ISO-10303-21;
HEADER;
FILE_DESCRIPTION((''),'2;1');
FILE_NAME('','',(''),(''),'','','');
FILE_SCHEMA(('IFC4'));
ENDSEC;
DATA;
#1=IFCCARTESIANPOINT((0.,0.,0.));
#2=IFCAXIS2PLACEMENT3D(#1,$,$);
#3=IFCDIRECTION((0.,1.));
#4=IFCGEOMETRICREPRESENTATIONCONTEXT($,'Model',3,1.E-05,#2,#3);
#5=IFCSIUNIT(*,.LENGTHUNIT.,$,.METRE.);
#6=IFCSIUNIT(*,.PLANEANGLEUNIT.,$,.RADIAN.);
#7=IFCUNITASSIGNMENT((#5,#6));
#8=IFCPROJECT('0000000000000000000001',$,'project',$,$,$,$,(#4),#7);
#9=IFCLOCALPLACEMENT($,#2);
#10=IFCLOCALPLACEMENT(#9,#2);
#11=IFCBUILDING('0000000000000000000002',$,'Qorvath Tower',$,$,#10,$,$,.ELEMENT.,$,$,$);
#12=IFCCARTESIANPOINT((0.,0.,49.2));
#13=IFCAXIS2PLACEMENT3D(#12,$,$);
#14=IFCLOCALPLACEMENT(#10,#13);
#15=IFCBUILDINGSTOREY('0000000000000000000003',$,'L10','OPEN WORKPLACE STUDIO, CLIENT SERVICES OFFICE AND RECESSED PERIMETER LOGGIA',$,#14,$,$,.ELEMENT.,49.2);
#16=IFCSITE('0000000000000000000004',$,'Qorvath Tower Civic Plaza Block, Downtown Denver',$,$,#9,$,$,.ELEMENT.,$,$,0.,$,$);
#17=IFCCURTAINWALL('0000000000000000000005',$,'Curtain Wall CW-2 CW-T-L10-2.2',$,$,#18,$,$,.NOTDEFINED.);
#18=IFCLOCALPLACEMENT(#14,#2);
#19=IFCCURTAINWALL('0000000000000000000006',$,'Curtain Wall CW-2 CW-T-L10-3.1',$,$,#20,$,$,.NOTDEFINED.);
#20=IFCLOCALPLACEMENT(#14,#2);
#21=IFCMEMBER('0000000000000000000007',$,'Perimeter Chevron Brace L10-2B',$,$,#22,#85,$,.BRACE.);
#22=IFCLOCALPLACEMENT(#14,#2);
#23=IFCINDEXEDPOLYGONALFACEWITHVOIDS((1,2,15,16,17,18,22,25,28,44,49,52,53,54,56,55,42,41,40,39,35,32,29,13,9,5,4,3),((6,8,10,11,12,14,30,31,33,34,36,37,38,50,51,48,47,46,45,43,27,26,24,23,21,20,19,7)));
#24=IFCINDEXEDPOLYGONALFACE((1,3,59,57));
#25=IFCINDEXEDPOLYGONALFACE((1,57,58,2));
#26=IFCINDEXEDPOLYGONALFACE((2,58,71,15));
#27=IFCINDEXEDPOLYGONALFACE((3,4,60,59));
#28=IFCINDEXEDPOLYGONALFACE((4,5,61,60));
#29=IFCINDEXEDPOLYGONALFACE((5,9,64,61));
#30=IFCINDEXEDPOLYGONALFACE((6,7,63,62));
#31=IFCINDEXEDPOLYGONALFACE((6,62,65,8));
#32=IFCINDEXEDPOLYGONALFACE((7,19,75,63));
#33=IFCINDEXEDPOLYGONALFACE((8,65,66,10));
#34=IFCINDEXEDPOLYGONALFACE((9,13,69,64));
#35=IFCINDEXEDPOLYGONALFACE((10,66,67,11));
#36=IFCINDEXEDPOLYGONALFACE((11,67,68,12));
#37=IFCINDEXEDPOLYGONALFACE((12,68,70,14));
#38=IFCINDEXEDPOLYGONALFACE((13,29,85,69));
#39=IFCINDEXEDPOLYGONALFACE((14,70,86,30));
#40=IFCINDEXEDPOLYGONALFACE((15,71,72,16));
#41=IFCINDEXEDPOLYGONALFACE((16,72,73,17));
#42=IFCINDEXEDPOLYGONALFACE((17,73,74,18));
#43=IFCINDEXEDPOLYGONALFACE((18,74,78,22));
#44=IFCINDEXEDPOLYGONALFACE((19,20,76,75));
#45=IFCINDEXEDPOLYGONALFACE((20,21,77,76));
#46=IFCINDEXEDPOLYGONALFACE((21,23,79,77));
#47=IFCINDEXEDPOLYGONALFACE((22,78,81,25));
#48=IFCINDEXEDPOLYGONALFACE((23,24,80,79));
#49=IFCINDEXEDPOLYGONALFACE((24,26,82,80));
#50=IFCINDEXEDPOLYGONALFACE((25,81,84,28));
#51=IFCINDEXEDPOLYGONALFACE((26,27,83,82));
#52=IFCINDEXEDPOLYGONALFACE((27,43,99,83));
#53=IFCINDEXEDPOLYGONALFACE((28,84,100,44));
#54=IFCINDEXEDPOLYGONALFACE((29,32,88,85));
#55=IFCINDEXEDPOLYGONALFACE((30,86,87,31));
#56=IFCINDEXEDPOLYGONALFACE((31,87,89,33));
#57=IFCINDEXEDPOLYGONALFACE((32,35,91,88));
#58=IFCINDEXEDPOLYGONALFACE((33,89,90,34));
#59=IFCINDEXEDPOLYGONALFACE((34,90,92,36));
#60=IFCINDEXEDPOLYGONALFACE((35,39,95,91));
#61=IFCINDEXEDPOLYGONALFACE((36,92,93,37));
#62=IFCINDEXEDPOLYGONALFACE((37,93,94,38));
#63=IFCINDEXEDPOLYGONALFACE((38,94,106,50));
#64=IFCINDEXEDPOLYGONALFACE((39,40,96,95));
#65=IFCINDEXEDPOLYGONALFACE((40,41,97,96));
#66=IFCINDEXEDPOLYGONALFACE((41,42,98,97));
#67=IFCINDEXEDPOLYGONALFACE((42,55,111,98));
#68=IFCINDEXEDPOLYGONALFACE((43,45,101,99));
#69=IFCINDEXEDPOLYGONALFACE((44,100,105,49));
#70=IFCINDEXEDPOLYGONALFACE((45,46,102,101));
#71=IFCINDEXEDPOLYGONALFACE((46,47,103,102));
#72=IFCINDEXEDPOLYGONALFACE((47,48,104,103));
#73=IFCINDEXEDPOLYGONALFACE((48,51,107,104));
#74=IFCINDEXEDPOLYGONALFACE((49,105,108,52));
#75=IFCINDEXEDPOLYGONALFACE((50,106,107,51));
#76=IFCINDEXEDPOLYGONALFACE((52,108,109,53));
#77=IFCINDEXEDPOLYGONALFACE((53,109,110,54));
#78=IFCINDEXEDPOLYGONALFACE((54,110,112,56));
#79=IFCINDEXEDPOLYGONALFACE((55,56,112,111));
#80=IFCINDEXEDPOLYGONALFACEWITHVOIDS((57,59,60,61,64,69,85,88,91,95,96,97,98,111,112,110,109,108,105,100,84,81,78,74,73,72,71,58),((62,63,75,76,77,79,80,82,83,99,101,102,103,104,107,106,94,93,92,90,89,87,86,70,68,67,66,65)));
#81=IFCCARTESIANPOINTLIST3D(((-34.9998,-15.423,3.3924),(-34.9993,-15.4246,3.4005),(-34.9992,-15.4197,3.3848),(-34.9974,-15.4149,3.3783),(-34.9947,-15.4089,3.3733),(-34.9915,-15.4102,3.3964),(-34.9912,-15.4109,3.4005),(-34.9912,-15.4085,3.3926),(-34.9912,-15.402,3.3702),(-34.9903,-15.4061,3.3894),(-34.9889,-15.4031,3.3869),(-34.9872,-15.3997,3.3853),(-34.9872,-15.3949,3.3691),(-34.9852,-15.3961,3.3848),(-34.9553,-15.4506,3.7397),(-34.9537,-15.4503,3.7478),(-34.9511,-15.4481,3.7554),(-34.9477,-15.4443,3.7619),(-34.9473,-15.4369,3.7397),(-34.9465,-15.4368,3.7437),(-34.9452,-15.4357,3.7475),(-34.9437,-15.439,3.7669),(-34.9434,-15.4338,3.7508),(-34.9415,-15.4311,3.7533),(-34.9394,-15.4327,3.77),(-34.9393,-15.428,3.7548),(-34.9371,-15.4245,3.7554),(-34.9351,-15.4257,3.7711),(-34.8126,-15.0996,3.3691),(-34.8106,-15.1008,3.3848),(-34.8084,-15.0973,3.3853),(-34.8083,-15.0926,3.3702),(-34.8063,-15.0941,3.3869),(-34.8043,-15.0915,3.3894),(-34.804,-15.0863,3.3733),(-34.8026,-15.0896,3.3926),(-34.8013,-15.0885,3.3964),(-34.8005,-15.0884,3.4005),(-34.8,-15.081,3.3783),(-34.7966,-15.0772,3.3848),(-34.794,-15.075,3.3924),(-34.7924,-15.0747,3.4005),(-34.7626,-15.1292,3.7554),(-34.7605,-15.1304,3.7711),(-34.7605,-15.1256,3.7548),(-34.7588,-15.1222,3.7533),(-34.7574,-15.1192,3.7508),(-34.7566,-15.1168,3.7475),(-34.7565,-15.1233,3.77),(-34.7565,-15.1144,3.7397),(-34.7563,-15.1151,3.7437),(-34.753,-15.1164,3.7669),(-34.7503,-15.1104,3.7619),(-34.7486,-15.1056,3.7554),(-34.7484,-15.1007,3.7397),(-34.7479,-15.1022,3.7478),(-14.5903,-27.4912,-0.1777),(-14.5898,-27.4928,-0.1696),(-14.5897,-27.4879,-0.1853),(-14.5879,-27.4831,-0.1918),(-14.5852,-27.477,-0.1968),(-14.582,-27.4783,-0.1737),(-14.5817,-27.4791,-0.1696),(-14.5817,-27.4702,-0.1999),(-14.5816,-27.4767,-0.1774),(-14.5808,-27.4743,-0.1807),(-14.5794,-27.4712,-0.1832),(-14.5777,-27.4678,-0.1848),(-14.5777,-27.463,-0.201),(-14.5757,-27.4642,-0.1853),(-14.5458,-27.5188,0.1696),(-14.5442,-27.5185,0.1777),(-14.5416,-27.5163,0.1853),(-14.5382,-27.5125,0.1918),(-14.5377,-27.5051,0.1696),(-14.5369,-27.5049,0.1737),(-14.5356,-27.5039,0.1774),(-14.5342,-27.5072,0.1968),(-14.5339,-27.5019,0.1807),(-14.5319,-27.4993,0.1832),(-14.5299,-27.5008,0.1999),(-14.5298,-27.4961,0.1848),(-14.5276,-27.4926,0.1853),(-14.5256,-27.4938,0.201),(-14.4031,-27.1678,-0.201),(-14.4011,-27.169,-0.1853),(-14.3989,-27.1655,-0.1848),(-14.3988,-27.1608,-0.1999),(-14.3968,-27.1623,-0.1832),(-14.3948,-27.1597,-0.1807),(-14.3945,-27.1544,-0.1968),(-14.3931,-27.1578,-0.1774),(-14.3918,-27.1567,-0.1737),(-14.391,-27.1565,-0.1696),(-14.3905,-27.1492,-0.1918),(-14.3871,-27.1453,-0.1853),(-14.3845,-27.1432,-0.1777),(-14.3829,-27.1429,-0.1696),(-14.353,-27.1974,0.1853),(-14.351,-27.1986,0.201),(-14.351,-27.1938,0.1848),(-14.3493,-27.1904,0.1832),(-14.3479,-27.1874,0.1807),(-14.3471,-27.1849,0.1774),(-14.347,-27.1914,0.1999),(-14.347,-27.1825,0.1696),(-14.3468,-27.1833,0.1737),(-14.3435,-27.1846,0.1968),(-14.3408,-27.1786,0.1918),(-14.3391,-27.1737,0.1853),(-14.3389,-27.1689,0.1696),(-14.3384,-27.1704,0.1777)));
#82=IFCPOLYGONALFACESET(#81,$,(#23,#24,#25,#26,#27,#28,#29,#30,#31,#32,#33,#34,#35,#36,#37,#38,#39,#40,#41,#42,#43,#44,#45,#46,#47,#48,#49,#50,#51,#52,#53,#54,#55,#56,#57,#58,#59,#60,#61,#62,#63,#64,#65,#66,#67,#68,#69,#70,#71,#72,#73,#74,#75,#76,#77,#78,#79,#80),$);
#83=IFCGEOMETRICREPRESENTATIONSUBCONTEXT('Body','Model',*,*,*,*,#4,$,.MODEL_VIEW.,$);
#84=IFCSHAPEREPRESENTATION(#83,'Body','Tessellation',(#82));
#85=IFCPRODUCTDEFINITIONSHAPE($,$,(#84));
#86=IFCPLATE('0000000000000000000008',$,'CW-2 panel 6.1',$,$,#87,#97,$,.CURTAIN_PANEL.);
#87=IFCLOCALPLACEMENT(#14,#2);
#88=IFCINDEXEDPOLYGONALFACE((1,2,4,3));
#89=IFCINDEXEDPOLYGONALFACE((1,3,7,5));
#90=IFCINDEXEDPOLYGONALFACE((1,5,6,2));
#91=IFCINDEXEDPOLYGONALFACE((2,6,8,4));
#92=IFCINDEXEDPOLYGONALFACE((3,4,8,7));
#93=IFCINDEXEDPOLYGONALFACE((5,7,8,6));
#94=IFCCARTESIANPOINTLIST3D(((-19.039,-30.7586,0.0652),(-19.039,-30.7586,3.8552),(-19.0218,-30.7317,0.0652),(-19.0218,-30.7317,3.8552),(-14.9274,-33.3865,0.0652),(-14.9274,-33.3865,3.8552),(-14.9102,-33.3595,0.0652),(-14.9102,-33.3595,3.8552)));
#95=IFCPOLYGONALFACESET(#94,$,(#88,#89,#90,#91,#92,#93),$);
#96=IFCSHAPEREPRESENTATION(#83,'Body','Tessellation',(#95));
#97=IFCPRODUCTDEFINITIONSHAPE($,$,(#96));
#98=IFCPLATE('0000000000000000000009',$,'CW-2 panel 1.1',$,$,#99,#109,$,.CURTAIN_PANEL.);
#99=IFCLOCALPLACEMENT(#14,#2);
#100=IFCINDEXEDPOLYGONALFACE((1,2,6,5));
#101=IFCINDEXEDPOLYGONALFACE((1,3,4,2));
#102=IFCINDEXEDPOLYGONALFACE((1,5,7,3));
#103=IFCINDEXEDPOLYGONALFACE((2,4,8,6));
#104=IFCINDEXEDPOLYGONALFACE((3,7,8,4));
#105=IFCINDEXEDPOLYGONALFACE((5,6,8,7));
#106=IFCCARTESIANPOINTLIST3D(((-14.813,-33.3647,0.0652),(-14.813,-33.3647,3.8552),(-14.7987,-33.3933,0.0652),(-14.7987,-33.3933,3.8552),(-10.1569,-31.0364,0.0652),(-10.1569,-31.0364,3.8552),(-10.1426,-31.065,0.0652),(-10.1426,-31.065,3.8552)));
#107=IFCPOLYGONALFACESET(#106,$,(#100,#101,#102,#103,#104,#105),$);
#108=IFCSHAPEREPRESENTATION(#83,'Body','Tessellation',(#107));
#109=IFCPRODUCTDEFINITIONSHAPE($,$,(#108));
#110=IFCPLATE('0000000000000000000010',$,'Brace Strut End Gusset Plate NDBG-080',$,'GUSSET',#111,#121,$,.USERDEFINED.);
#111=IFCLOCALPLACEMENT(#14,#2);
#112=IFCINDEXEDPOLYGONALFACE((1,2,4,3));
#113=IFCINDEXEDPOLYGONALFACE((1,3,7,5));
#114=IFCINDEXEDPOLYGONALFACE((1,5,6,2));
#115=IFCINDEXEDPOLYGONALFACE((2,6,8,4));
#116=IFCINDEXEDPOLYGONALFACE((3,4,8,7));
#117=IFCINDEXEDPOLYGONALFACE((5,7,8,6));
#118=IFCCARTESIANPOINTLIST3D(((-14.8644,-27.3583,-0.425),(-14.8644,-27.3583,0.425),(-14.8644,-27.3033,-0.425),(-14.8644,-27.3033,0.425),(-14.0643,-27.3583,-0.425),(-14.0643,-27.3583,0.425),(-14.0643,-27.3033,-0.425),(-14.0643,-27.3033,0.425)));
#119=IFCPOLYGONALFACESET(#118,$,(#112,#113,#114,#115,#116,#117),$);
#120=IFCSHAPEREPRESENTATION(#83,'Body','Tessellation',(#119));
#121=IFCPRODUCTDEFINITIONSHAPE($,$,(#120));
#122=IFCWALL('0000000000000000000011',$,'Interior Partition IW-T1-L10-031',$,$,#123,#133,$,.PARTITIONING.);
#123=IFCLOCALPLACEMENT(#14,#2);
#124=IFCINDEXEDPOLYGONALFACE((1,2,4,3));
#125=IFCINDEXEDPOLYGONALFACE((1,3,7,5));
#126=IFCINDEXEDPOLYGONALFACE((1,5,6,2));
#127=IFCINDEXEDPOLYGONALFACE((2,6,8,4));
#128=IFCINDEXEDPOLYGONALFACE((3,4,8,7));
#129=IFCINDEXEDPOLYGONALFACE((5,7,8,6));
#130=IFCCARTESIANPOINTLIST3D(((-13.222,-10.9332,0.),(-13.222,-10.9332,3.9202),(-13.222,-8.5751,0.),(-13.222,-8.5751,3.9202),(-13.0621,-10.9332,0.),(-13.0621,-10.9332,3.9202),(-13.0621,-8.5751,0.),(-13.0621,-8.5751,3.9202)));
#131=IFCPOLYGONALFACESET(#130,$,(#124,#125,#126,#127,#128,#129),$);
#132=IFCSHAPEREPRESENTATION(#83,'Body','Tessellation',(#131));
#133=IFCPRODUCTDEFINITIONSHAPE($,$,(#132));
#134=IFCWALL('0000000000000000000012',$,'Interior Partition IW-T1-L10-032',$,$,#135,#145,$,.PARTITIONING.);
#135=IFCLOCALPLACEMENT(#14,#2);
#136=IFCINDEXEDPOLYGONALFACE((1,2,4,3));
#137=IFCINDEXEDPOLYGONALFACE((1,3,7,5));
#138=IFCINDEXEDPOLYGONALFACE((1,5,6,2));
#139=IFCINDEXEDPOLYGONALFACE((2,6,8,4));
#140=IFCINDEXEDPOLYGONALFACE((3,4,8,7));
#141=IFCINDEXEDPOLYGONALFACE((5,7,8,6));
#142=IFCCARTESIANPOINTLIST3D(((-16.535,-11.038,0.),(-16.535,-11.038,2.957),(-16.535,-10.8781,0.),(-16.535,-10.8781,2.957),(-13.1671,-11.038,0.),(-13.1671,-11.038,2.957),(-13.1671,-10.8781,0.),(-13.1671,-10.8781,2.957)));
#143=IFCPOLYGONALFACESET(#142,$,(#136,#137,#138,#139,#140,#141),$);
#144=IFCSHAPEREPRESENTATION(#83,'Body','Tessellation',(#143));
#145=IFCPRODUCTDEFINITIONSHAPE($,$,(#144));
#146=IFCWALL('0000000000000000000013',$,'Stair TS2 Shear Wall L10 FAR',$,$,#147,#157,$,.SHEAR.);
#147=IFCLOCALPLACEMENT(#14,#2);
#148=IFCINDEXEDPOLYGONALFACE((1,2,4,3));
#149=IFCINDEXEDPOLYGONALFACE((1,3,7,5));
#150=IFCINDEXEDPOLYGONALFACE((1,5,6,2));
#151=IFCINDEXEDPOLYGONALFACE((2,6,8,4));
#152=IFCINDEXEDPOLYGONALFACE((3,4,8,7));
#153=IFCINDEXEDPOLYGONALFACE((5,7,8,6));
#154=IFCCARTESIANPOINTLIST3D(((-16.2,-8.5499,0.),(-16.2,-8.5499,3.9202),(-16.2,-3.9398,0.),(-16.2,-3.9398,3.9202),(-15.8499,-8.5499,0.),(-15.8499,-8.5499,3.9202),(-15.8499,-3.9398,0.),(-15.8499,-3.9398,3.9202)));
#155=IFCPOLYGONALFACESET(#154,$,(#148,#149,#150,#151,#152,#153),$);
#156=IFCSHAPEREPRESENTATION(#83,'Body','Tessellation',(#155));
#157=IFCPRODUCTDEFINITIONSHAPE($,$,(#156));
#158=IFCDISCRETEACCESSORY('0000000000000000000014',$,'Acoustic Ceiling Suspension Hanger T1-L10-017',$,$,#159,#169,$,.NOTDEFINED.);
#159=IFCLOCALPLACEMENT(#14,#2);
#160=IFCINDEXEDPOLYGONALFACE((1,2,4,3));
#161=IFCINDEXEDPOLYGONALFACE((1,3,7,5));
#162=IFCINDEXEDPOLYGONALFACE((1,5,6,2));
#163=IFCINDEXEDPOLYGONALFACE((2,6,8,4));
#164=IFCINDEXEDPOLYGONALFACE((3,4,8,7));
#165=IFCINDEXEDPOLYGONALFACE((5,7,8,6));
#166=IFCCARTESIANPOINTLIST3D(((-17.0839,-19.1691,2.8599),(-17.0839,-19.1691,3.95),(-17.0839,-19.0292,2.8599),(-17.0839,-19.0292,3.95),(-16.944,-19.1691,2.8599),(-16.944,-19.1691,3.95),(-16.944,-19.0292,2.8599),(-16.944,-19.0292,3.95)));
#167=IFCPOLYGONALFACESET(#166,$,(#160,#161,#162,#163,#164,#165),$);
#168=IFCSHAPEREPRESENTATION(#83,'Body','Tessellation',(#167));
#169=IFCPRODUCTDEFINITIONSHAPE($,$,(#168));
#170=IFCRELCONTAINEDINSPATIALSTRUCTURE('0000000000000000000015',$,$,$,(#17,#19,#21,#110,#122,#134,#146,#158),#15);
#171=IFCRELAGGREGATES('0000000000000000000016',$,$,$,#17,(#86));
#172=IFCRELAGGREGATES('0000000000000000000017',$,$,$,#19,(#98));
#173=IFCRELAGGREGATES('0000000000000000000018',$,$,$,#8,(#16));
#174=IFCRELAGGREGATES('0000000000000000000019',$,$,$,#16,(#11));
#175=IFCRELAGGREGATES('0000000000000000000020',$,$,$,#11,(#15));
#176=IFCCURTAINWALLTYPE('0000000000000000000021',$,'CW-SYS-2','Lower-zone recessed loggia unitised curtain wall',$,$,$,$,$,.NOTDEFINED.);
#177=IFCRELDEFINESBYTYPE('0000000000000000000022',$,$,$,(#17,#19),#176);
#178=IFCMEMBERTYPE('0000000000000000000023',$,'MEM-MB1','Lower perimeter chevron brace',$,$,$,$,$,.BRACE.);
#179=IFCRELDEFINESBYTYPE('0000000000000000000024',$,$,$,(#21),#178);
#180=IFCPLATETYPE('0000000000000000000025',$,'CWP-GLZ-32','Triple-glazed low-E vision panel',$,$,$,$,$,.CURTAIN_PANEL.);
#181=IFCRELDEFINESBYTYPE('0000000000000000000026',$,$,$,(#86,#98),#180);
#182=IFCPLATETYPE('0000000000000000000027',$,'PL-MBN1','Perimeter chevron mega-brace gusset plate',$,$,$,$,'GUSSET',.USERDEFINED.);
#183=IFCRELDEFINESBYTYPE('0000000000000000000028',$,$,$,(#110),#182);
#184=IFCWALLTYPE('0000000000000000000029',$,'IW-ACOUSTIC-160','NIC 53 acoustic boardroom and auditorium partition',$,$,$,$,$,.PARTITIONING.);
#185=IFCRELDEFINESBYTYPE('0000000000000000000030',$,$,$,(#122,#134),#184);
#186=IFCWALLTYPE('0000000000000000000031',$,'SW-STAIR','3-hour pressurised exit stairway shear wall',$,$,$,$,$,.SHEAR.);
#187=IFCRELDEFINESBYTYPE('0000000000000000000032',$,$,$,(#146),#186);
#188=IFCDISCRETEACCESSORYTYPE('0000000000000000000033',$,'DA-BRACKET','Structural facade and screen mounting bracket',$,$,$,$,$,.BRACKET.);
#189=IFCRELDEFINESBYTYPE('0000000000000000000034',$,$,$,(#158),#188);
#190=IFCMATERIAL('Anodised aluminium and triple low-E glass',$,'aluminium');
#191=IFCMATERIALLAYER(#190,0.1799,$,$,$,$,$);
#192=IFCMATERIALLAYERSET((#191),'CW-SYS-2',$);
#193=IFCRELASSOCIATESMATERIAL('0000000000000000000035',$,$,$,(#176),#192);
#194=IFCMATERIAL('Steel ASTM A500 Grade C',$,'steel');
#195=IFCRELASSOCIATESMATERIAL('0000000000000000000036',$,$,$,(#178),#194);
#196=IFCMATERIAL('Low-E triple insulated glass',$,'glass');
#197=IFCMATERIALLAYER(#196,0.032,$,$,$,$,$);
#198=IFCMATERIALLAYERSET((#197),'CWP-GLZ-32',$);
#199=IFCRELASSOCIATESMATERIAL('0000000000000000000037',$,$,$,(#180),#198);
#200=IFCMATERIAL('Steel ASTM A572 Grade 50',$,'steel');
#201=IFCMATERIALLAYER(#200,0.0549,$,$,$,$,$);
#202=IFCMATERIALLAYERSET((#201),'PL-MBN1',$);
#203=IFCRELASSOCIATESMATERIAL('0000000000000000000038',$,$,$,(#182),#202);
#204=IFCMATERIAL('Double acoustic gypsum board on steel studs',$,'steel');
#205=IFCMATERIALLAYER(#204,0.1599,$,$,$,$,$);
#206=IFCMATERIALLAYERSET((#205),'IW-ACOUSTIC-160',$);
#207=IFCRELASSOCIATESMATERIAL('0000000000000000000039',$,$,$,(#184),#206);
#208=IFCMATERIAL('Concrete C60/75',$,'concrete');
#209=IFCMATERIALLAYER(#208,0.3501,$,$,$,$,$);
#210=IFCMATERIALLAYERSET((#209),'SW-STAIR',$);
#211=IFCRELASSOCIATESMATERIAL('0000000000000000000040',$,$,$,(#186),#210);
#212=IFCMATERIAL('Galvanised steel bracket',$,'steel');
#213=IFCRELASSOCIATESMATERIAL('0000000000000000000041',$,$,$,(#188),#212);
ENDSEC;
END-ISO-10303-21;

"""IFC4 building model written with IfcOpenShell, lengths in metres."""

from ifc_helpers import new_model, si_unit, direction, frame, frame_2d, origin, origin_2d, place, context, subcontext, project, spatial, rectangle, hollow_rectangle, extrude, material, layer, layer_set, material_profile, profile_set, type_object, element, aggregate, save


model = new_model("IFC4")

# Units and contexts
model_context = context("Model", 3, precision=1e-05, world=origin(), true_north=direction((0.0, 1.0)))
body_context = subcontext(model_context, "Body", "Model", "MODEL_VIEW")
ifc_project = project(units=[si_unit("LENGTHUNIT", "METRE"), si_unit("PLANEANGLEUNIT", "RADIAN")], contexts=[model_context])

# Site, building, storey
site_placement = place(None, origin())
site = spatial("IfcSite", under=ifc_project, at=site_placement, Name="Qorvath Tower Civic Plaza Block, Downtown Denver", CompositionType="ELEMENT", RefElevation=0.0)
building_placement = place(site_placement, origin())
building = spatial("IfcBuilding", under=site, at=building_placement, Name="Qorvath Tower", CompositionType="ELEMENT")
storey_placement = place(building_placement, frame((0.0, 0.0, 49.2)))
storey = spatial("IfcBuildingStorey", under=building, at=storey_placement, Name="L10", Description="OPEN WORKPLACE STUDIO, CLIENT SERVICES OFFICE AND RECESSED PERIMETER LOGGIA", CompositionType="ELEMENT", Elevation=49.2)

# Curtain walls
ifc_material_1 = material(Name="Anodised aluminium and triple low-E glass", Category="aluminium")
ifc_layer_1 = layer(ifc_material_1, 0.1799)
ifc_layer_set_1 = layer_set([ifc_layer_1], Name="CW-SYS-2")
curtain_wall_type = type_object("IfcCurtainWallType", Name="CW-SYS-2", Description="Lower-zone recessed loggia unitised curtain wall", PredefinedType="NOTDEFINED", material=ifc_layer_set_1)
curtain_wall_1_placement = place(storey_placement, origin())
curtain_wall_1 = element("IfcCurtainWall", 1, at=curtain_wall_1_placement, inside=storey, type_object=curtain_wall_type, Name="Curtain Wall CW-2 CW-T-L10-2.2", PredefinedType="NOTDEFINED")
curtain_wall_2_placement = place(storey_placement, origin())
curtain_wall_2 = element("IfcCurtainWall", 2, at=curtain_wall_2_placement, inside=storey, type_object=curtain_wall_type, Name="Curtain Wall CW-2 CW-T-L10-3.1", PredefinedType="NOTDEFINED")

# Member
ifc_material_2 = material(Name="Steel ASTM A500 Grade C", Category="steel")
ifc_material_profile_1 = material_profile(ifc_material_2, hollow_rectangle(XDim=0.4065, YDim=0.4065, WallThickness=0.0159, InnerFilletRadius=0.0159, OuterFilletRadius=0.0317, at=origin_2d()), Name="HSS 406x406x16")
ifc_profile_set_1 = profile_set([ifc_material_profile_1], Name="Steel ASTM A500 Grade C")
member_type_1 = type_object("IfcMemberType", Name="MEM-MB1", Description="Lower perimeter chevron brace", PredefinedType="BRACE", material=ifc_profile_set_1)
member_1_placement = place(storey_placement, frame((-14.4644, -27.3308, 0.0), z_axis=(-0.851184, 0.503306, 0.148891), x_axis=(-0.508979, -0.860779, 0.0)))
element("IfcMember", 3, at=member_1_placement, inside=storey, type_object=member_type_1, Name="Perimeter Chevron Brace L10-2B", PredefinedType="BRACE", context=body_context, shape_type="SweptSolid", body=[
    extrude(hollow_rectangle(XDim=0.4065, YDim=0.4065, WallThickness=0.0159, InnerFilletRadius=0.0159, OuterFilletRadius=0.0317, at=origin_2d()), origin(), (0.0, 0.0, 1.0), 23.9778),
])

# Plates
ifc_material_3 = material(Name="Low-E triple insulated glass", Category="glass")
ifc_layer_2 = layer(ifc_material_3, 0.032)
ifc_layer_set_2 = layer_set([ifc_layer_2], Name="CWP-GLZ-32")
plate_type_1 = type_object("IfcPlateType", Name="CWP-GLZ-32", Description="Triple-glazed low-E vision panel", PredefinedType="CURTAIN_PANEL", material=ifc_layer_set_2)
plate_1_placement = place(storey_placement, frame((-16.9746, -32.0591, 0.0652), z_axis=(0.0, 0.0, 1.0), x_axis=(0.842602, -0.538537, 0.0)))
plate_1 = element("IfcPlate", 4, at=plate_1_placement, type_object=plate_type_1, Name="CW-2 panel 6.1", PredefinedType="CURTAIN_PANEL", context=body_context, shape_type="SweptSolid", body=[
    extrude(rectangle(XDim=4.8796, YDim=0.032, at=origin_2d()), origin(), (0.0, 0.0, 1.0), 3.79),
])
aggregate(curtain_wall_1, [plate_1])
plate_2_placement = place(storey_placement, frame((-12.4778, -32.2148, 0.0652), z_axis=(0.0, 0.0, 1.0), x_axis=(0.894405, 0.447259, 0.0)))
plate_2 = element("IfcPlate", 5, at=plate_2_placement, type_object=plate_type_1, Name="CW-2 panel 1.1", PredefinedType="CURTAIN_PANEL", context=body_context, shape_type="SweptSolid", body=[
    extrude(rectangle(XDim=5.2058, YDim=0.032, at=origin_2d()), origin(), (0.0, 0.0, 1.0), 3.79),
])
aggregate(curtain_wall_2, [plate_2])
ifc_material_4 = material(Name="Steel ASTM A572 Grade 50", Category="steel")
ifc_layer_3 = layer(ifc_material_4, 0.0549)
ifc_layer_set_3 = layer_set([ifc_layer_3], Name="PL-MBN1")
plate_type_2 = type_object("IfcPlateType", Name="PL-MBN1", Description="Perimeter chevron mega-brace gusset plate", ElementType="GUSSET", PredefinedType="USERDEFINED", material=ifc_layer_set_3)
plate_3_placement = place(storey_placement, frame((-14.4644, -27.3308, -0.425), z_axis=(0.0, 0.0, 1.0), x_axis=(1.0, 0.0, 0.0)))
element("IfcPlate", 6, at=plate_3_placement, inside=storey, type_object=plate_type_2, Name="Brace Strut End Gusset Plate NDBG-080", ObjectType="GUSSET", PredefinedType="USERDEFINED", context=body_context, shape_type="SweptSolid", body=[
    extrude(rectangle(XDim=0.8, YDim=0.0549, at=origin_2d()), origin(), (0.0, 0.0, 1.0), 0.8501),
])

# Walls
ifc_material_5 = material(Name="Double acoustic gypsum board on steel studs", Category="steel")
ifc_layer_4 = layer(ifc_material_5, 0.1599)
ifc_layer_set_4 = layer_set([ifc_layer_4], Name="IW-ACOUSTIC-160")
wall_type_1 = type_object("IfcWallType", Name="IW-ACOUSTIC-160", Description="NIC 53 acoustic boardroom and auditorium partition", PredefinedType="PARTITIONING", material=ifc_layer_set_4)
wall_1_placement = place(storey_placement, frame((-13.1421, -8.575, 0.0), z_axis=(0.0, 0.0, 1.0), x_axis=(0.0, -1.0, 0.0)))
element("IfcWall", 7, at=wall_1_placement, inside=storey, type_object=wall_type_1, Name="Interior Partition IW-T1-L10-031", PredefinedType="PARTITIONING", context=body_context, shape_type="SweptSolid", body=[
    extrude(rectangle(XDim=2.3582, YDim=0.1599, at=frame_2d((1.1792, 0.0))), origin(), (0.0, 0.0, 1.0), 3.9202),
])
wall_2_placement = place(storey_placement, frame((-13.167, -10.958, 0.0), z_axis=(0.0, 0.0, 1.0), x_axis=(-1.0, 0.0, 0.0)))
element("IfcWall", 8, at=wall_2_placement, inside=storey, type_object=wall_type_1, Name="Interior Partition IW-T1-L10-032", PredefinedType="PARTITIONING", context=body_context, shape_type="SweptSolid", body=[
    extrude(rectangle(XDim=3.3679, YDim=0.1599, at=frame_2d((1.6841, 0.0))), origin(), (0.0, 0.0, 1.0), 2.957),
])

# Wall
ifc_material_6 = material(Name="Concrete C60/75", Category="concrete")
ifc_layer_5 = layer(ifc_material_6, 0.3501)
ifc_layer_set_5 = layer_set([ifc_layer_5], Name="SW-STAIR")
wall_type_2 = type_object("IfcWallType", Name="SW-STAIR", Description="3-hour pressurised exit stairway shear wall", PredefinedType="SHEAR", material=ifc_layer_set_5)
wall_3_placement = place(storey_placement, frame((-16.0249, -8.55, 0.0), z_axis=(0.0, 0.0, 1.0), x_axis=(0.0, 1.0, 0.0)))
element("IfcWall", 9, at=wall_3_placement, inside=storey, type_object=wall_type_2, Name="Stair TS2 Shear Wall L10 FAR", PredefinedType="SHEAR", context=body_context, shape_type="SweptSolid", body=[
    extrude(rectangle(XDim=4.6101, YDim=0.3501, at=frame_2d((2.3052, 0.0))), origin(), (0.0, 0.0, 1.0), 3.9202),
])

# Discrete accessory
ifc_material_7 = material(Name="Galvanised steel bracket", Category="steel")
discrete_accessory_type = type_object("IfcDiscreteAccessoryType", Name="DA-BRACKET", Description="Structural facade and screen mounting bracket", PredefinedType="BRACKET", material=ifc_material_7)
discrete_accessory_placement = place(storey_placement, frame((-17.0139, -19.0991, 2.8599), z_axis=(0.0, 0.0, 1.0), x_axis=(1.0, 0.0, 0.0)))
element("IfcDiscreteAccessory", 10, at=discrete_accessory_placement, inside=storey, type_object=discrete_accessory_type, Name="Acoustic Ceiling Suspension Hanger T1-L10-017", PredefinedType="NOTDEFINED", context=body_context, shape_type="SweptSolid", body=[
    extrude(rectangle(XDim=0.1399, YDim=0.1399, at=origin_2d()), origin(), (0.0, 0.0, 1.0), 1.0901),
])

save(model, "model.ifc")
